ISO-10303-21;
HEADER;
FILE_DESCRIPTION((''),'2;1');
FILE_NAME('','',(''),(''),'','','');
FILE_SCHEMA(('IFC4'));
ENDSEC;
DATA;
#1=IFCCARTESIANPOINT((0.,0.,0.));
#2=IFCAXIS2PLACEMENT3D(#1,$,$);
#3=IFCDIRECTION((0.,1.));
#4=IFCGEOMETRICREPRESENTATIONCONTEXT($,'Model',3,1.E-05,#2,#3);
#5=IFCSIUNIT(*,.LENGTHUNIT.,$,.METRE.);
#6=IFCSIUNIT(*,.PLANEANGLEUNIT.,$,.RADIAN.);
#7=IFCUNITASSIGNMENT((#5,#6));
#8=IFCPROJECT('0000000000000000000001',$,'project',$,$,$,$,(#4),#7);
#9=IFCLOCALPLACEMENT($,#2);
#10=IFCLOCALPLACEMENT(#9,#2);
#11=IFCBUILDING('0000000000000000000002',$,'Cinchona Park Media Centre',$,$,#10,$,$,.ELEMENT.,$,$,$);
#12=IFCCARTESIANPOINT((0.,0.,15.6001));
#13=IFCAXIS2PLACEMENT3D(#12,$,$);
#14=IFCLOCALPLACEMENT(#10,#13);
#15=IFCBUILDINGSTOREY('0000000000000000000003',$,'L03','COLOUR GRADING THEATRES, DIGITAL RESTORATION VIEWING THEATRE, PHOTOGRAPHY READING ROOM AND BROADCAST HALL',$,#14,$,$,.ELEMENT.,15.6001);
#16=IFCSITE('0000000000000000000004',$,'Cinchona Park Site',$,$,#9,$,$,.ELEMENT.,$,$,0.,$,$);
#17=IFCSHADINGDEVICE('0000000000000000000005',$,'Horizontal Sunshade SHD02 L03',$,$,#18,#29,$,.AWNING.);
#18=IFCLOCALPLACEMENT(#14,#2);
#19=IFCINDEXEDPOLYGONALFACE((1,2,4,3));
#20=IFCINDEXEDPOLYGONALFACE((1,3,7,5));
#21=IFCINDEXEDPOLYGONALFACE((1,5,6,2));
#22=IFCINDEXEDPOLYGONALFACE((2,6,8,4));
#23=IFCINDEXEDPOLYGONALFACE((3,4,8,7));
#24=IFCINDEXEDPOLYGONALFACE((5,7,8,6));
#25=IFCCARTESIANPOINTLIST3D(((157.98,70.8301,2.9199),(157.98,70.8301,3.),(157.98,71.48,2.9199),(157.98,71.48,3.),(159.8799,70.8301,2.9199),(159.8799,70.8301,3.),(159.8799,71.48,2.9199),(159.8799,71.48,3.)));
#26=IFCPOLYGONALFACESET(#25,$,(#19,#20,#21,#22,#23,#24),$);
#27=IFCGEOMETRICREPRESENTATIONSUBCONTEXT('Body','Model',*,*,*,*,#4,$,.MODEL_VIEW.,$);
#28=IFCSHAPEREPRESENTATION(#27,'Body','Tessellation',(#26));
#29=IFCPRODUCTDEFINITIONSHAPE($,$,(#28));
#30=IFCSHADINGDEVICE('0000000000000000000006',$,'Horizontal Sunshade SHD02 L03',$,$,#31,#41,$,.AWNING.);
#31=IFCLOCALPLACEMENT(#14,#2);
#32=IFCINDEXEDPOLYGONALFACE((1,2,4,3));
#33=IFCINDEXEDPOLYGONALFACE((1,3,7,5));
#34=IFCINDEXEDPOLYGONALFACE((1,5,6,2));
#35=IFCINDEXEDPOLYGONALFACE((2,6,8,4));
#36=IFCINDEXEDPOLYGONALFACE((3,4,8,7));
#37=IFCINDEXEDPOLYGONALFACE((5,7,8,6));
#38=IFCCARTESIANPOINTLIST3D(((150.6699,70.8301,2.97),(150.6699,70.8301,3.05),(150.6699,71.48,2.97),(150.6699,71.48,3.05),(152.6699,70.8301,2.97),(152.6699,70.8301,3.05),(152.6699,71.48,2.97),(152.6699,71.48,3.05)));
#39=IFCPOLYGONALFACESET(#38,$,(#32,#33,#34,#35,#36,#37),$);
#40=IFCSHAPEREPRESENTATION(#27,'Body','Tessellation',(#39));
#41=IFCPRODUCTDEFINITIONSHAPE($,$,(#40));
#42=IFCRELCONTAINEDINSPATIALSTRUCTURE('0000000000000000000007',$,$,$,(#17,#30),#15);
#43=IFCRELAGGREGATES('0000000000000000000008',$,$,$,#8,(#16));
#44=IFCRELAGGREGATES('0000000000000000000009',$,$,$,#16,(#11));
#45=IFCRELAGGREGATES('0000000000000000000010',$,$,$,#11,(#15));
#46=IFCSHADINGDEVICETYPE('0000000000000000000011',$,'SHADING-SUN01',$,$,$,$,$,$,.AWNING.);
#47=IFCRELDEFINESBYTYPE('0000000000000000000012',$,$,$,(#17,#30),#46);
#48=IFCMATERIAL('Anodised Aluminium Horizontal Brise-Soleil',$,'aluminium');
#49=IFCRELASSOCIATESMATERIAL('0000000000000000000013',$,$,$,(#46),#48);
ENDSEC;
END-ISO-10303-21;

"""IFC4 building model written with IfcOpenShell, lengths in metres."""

from ifc_helpers import new_model, si_unit, direction, frame, origin, origin_2d, place, context, subcontext, project, spatial, rectangle, extrude, material, type_object, element, save


model = new_model("IFC4")

# Units and contexts
model_context = context("Model", 3, precision=1e-05, world=origin(), true_north=direction((0.0, 1.0)))
body_context = subcontext(model_context, "Body", "Model", "MODEL_VIEW")
ifc_project = project(units=[si_unit("LENGTHUNIT", "METRE"), si_unit("PLANEANGLEUNIT", "RADIAN")], contexts=[model_context])

# Site, building, storey
site_placement = place(None, origin())
site = spatial("IfcSite", under=ifc_project, at=site_placement, Name="Cinchona Park Site", CompositionType="ELEMENT", RefElevation=0.0)
building_placement = place(site_placement, origin())
building = spatial("IfcBuilding", under=site, at=building_placement, Name="Cinchona Park Media Centre", CompositionType="ELEMENT")
storey_placement = place(building_placement, frame((0.0, 0.0, 15.6001)))
storey = spatial("IfcBuildingStorey", under=building, at=storey_placement, Name="L03", Description="COLOUR GRADING THEATRES, DIGITAL RESTORATION VIEWING THEATRE, PHOTOGRAPHY READING ROOM AND BROADCAST HALL", CompositionType="ELEMENT", Elevation=15.6001)

# Shading devices
ifc_material_1 = material(Name="Anodised Aluminium Horizontal Brise-Soleil", Category="aluminium")
shading_device_type = type_object("IfcShadingDeviceType", Name="SHADING-SUN01", PredefinedType="AWNING", material=ifc_material_1)
shading_device_1_placement = place(storey_placement, frame((158.9299, 71.155, 2.9199), z_axis=(0.0, 0.0, 1.0), x_axis=(-1.0, 0.0, 0.0)))
element("IfcShadingDevice", 1, at=shading_device_1_placement, inside=storey, type_object=shading_device_type, Name="Horizontal Sunshade SHD02 L03", PredefinedType="AWNING", context=body_context, shape_type="SweptSolid", body=[
    extrude(rectangle(XDim=1.8999, YDim=0.6499, at=origin_2d()), origin(), (0.0, 0.0, 1.0), 0.0801),
])
shading_device_2_placement = place(storey_placement, frame((151.6699, 71.155, 2.97), z_axis=(0.0, 0.0, 1.0), x_axis=(-1.0, 0.0, 0.0)))
element("IfcShadingDevice", 2, at=shading_device_2_placement, inside=storey, type_object=shading_device_type, Name="Horizontal Sunshade SHD02 L03", PredefinedType="AWNING", context=body_context, shape_type="SweptSolid", body=[
    extrude(rectangle(XDim=2.0, YDim=0.6499, at=origin_2d()), origin(), (0.0, 0.0, 1.0), 0.0801),
])

save(model, "model.ifc")
